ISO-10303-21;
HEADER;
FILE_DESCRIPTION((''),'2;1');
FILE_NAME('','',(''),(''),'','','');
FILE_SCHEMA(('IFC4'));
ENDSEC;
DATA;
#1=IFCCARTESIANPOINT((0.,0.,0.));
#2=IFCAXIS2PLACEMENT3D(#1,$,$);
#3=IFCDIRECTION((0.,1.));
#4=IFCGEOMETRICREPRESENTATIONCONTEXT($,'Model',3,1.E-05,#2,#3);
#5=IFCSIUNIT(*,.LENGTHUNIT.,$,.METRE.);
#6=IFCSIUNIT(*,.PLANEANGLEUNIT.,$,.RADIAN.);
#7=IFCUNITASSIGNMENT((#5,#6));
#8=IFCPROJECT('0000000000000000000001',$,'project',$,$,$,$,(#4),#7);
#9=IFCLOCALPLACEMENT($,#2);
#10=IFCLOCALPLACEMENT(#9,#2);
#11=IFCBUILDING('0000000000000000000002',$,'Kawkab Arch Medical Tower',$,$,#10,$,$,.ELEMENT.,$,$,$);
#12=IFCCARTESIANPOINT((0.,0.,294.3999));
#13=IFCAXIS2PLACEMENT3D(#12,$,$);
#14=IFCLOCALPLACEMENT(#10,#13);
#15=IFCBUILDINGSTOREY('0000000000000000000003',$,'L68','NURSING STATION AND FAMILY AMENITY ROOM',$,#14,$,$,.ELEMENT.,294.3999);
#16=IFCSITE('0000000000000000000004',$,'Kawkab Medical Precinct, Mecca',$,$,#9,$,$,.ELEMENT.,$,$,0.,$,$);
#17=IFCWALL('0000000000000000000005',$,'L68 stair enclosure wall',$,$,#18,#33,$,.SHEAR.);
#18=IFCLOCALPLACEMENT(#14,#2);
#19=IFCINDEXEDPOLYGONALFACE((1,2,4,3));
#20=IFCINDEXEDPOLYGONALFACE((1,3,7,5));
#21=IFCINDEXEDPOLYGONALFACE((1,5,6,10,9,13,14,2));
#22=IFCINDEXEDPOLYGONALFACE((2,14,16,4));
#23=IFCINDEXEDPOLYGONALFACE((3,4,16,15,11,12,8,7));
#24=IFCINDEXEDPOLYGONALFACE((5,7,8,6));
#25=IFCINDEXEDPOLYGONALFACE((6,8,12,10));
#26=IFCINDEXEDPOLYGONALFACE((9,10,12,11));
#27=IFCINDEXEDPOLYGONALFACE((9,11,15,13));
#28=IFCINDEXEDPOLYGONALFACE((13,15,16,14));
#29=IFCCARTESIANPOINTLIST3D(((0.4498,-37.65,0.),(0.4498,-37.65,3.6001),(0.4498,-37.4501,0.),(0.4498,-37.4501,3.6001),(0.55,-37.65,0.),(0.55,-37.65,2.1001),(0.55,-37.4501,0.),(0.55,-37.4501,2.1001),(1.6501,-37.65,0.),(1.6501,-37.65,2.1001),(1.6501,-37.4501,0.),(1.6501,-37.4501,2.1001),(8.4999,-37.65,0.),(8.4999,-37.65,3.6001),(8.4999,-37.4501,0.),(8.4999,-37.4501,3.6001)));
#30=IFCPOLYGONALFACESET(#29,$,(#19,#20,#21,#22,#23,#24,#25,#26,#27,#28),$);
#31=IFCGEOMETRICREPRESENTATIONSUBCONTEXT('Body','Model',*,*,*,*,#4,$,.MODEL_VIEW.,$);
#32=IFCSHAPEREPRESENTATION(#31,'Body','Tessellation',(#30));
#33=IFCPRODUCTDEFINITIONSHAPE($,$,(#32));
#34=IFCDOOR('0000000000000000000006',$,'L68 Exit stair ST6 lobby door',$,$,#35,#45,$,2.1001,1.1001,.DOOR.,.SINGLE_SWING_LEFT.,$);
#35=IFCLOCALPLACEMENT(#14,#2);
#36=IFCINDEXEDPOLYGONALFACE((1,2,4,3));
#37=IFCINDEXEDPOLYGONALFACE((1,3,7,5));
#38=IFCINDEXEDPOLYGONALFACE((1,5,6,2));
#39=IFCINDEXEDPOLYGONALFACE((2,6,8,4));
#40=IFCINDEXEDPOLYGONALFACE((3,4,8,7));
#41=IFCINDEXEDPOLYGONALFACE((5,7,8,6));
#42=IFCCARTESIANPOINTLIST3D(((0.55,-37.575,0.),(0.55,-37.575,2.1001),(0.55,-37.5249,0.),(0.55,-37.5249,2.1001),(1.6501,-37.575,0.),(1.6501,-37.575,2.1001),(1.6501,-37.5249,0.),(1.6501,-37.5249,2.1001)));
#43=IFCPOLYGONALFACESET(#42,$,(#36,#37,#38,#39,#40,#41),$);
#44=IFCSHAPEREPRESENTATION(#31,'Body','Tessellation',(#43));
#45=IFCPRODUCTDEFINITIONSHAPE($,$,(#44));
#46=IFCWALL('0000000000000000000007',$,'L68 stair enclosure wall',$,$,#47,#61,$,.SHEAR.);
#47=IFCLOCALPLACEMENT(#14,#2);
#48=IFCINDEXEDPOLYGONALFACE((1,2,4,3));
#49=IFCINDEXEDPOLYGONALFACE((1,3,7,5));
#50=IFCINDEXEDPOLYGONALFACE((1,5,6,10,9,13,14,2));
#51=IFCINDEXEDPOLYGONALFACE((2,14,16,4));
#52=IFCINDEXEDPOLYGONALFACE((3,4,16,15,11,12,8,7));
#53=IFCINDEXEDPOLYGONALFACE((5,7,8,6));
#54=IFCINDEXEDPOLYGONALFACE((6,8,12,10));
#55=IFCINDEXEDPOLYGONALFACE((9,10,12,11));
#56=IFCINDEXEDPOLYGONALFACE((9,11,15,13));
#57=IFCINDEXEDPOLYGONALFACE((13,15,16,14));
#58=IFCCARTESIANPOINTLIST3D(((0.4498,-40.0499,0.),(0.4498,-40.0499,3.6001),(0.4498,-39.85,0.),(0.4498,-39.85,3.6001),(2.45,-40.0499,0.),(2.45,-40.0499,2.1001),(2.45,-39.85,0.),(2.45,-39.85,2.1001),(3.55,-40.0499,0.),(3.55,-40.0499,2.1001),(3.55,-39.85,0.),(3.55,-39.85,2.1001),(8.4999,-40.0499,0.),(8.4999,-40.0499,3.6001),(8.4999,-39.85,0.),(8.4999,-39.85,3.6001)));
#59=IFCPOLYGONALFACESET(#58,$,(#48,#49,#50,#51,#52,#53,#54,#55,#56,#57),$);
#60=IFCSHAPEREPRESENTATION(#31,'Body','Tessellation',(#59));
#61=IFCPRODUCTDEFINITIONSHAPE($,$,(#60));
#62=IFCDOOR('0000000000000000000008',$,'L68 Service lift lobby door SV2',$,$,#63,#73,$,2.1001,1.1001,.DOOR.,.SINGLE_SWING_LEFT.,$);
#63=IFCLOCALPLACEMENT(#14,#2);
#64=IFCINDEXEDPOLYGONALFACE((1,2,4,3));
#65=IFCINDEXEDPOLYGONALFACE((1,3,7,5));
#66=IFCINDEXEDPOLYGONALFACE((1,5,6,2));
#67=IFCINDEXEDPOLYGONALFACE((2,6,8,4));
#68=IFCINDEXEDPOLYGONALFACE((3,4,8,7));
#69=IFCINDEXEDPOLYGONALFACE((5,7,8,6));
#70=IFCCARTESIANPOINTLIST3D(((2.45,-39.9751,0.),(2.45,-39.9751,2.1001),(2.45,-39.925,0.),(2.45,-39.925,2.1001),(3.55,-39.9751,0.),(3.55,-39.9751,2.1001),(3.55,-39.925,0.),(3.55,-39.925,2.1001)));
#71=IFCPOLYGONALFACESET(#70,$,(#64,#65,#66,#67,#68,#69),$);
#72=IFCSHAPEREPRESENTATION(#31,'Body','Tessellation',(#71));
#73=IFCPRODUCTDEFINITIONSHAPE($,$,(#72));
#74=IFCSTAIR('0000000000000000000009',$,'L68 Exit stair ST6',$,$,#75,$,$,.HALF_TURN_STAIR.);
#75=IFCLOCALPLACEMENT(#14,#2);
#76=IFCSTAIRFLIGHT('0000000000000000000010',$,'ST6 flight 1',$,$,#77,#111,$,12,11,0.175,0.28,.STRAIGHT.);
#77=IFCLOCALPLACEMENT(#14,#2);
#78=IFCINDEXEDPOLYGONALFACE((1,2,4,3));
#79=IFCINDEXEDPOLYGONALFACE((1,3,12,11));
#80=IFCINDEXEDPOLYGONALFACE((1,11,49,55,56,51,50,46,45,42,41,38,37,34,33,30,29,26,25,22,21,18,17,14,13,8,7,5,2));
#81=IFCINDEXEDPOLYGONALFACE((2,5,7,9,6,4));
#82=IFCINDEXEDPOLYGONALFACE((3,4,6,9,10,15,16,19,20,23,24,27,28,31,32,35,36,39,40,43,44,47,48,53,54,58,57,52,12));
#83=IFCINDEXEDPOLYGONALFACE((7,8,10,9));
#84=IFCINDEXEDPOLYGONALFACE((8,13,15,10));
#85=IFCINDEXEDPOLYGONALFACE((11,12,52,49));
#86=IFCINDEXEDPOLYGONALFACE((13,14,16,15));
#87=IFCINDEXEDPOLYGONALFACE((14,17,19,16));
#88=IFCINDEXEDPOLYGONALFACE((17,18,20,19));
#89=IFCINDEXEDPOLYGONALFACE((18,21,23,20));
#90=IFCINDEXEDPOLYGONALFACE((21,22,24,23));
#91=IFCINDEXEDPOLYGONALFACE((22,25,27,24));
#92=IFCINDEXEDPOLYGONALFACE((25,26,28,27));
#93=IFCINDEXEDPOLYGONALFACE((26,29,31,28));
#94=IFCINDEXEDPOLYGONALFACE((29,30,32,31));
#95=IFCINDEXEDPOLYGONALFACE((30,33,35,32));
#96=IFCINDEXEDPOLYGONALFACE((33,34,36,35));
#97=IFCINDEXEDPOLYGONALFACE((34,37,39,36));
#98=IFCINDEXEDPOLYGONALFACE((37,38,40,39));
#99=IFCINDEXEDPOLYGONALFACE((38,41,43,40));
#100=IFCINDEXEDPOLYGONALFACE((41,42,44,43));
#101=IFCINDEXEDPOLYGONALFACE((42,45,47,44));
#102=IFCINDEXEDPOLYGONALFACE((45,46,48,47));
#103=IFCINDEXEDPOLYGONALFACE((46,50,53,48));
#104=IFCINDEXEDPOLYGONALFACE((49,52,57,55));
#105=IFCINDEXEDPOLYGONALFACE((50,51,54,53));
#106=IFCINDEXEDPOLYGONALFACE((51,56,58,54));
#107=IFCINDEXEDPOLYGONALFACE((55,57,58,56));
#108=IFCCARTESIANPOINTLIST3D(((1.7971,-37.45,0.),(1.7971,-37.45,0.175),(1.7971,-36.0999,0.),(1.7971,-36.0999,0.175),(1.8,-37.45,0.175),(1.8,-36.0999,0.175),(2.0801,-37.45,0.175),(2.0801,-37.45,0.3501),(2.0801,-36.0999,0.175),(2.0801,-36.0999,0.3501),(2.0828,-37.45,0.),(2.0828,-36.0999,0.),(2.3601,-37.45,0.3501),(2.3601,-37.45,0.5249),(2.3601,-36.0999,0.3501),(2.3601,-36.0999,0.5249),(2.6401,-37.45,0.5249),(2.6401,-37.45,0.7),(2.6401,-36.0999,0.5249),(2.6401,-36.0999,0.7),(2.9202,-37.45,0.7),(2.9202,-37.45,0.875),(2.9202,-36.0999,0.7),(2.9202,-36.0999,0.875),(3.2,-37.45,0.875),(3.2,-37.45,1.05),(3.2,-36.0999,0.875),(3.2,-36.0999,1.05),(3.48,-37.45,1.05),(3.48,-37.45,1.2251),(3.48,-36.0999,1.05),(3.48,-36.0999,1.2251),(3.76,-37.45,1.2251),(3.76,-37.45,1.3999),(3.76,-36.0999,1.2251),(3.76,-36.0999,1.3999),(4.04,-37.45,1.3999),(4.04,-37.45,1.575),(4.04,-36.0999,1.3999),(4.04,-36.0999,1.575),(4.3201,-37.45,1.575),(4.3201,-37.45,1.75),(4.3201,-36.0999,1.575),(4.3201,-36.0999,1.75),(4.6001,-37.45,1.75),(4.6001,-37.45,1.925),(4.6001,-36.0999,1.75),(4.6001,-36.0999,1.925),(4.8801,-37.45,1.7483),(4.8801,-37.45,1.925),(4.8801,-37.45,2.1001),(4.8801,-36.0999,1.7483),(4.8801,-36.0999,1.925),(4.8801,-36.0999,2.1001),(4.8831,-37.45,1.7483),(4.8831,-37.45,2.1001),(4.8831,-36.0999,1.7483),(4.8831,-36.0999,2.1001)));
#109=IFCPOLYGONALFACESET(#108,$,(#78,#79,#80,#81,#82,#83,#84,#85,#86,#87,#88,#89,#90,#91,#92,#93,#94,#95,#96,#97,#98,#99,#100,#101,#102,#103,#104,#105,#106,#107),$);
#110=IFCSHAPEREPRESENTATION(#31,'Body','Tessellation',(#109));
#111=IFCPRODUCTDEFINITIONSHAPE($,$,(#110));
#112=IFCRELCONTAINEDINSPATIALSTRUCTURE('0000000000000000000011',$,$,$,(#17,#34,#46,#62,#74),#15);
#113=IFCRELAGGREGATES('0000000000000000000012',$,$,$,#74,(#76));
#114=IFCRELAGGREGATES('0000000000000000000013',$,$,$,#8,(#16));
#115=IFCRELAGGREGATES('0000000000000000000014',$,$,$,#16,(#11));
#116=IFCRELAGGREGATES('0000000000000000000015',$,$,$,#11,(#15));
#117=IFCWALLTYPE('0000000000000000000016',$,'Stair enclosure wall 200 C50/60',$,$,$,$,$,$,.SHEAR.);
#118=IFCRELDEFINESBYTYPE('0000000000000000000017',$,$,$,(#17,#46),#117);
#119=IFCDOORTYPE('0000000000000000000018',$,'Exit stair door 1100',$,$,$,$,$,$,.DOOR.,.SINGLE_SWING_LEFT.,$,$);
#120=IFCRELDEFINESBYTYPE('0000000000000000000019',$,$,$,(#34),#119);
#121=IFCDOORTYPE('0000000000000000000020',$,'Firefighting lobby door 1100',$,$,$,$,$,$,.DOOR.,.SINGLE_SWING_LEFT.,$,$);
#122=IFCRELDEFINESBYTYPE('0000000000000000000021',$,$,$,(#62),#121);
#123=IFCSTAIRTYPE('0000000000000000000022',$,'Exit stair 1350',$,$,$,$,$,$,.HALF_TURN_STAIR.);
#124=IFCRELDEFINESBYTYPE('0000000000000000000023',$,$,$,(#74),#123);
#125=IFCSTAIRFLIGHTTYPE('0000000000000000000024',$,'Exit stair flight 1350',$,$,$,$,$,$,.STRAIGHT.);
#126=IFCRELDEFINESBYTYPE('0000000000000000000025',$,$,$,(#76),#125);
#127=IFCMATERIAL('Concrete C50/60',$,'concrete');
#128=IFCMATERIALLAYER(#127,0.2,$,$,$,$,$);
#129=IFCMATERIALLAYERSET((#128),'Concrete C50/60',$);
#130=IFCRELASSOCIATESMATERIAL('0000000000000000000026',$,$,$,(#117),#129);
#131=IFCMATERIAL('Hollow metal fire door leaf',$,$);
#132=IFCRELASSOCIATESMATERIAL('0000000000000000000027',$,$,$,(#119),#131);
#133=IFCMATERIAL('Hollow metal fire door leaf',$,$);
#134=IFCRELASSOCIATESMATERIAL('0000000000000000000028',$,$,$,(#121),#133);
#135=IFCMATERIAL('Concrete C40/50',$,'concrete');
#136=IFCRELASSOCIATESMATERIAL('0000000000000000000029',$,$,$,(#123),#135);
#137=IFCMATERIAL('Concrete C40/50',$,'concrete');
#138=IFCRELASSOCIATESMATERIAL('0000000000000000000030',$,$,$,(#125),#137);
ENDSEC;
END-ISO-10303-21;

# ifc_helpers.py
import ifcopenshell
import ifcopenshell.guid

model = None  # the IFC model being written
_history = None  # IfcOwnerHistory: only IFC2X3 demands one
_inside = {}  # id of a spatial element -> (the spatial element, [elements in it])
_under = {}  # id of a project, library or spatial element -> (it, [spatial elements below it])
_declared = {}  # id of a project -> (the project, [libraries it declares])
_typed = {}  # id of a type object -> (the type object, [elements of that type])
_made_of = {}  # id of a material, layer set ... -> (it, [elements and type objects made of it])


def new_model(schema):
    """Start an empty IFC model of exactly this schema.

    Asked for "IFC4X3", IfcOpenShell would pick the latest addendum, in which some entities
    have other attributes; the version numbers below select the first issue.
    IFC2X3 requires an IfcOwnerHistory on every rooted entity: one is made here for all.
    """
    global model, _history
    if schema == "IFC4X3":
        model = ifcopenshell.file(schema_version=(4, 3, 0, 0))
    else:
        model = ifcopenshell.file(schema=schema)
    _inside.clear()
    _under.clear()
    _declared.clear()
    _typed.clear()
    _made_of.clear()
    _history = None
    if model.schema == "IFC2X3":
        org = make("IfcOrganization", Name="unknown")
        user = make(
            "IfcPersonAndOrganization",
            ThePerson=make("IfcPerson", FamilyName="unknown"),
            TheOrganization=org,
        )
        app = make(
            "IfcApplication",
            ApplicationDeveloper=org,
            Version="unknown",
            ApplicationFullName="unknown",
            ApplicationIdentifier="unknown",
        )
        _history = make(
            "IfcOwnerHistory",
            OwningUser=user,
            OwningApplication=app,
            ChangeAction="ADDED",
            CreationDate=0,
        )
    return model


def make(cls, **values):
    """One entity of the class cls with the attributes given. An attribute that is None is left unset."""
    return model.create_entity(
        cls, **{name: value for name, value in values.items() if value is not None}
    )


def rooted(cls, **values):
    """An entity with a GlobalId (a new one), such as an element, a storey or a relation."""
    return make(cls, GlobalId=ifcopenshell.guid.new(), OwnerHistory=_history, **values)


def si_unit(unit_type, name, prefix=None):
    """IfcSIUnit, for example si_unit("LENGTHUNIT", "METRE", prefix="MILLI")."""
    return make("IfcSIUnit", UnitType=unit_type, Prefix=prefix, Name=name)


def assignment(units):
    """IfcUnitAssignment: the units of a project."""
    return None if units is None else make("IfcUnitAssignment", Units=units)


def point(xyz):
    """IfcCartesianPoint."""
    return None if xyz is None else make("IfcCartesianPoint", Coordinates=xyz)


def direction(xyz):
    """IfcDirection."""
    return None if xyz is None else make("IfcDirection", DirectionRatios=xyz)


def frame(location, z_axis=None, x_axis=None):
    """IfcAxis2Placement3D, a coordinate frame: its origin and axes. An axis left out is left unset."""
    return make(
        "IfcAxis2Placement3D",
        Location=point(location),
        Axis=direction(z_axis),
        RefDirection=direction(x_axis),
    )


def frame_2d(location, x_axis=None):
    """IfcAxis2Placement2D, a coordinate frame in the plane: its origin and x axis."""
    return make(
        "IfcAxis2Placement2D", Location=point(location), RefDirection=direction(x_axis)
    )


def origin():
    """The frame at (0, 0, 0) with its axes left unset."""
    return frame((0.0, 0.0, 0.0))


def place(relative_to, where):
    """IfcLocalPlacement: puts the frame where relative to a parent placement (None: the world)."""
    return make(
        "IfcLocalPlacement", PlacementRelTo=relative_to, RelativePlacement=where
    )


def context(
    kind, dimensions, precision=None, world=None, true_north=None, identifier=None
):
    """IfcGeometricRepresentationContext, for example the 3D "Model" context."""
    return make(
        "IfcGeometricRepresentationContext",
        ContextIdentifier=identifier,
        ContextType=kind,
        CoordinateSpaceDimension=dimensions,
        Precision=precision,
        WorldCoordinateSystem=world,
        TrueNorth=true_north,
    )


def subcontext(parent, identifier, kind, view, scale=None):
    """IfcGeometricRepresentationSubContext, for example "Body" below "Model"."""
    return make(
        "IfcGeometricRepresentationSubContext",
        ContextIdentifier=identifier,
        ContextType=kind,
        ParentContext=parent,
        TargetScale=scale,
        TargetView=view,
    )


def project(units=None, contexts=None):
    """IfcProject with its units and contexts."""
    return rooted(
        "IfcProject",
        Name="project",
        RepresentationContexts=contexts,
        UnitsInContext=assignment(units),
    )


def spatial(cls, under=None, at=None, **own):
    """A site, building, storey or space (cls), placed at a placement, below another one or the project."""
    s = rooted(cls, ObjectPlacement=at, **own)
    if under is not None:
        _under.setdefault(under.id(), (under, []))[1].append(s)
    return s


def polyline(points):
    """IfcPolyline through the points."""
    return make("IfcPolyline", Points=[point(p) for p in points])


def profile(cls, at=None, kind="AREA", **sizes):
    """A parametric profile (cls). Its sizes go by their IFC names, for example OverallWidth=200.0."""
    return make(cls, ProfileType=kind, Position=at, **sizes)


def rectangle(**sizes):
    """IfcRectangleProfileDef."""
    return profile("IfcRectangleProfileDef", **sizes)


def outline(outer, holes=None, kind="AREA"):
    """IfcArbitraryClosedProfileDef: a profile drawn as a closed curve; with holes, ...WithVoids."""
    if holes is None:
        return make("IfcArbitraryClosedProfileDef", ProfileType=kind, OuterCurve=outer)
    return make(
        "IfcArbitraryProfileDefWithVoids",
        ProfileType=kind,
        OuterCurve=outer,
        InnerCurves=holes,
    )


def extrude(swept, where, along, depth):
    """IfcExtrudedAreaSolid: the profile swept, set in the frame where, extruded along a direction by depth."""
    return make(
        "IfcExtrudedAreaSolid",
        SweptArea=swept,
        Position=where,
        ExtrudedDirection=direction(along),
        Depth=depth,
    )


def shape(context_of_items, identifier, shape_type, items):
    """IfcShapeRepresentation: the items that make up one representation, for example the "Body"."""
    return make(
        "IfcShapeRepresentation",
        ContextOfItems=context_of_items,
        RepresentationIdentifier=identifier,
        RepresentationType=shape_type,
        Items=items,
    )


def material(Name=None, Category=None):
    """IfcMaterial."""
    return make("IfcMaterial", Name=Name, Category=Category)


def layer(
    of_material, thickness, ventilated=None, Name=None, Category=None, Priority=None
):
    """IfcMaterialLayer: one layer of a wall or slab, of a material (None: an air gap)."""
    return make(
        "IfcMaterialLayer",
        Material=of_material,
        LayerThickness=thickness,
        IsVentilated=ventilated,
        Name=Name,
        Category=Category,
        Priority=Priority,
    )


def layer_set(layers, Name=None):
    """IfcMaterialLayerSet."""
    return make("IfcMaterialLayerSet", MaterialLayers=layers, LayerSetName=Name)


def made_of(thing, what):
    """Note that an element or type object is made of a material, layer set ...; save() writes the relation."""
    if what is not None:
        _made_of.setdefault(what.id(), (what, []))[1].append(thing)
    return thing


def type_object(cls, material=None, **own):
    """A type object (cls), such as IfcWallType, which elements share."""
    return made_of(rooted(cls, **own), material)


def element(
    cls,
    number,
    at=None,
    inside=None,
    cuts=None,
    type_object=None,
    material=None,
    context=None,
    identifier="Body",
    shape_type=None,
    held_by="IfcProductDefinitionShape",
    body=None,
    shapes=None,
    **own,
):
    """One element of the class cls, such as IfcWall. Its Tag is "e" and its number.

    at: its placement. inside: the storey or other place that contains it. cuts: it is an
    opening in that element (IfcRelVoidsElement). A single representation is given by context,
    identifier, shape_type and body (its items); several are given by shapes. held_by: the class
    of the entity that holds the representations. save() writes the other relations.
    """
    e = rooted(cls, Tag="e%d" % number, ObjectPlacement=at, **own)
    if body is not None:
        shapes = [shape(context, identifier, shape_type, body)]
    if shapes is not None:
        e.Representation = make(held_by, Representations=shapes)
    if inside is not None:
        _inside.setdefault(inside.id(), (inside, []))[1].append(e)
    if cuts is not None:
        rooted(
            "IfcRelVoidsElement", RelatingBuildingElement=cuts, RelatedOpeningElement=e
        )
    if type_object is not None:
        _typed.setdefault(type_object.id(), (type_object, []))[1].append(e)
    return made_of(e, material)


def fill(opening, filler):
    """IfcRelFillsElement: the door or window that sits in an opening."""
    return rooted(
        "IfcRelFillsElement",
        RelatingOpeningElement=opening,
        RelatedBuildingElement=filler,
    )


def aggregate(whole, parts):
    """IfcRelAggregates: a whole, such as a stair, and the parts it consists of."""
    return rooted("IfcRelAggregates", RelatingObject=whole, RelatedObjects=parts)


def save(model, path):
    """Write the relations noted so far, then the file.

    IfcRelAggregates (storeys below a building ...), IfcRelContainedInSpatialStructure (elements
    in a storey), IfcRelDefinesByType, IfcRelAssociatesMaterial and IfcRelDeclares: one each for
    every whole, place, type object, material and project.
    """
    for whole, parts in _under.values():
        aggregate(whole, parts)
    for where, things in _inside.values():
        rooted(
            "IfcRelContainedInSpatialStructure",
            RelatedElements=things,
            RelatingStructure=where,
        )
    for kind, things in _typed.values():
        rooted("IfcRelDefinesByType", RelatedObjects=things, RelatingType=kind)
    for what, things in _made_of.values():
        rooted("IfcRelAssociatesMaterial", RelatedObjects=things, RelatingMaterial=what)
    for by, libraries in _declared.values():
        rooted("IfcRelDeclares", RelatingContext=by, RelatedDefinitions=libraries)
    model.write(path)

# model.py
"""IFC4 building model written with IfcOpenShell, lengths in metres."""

from ifc_helpers import new_model, si_unit, direction, frame, frame_2d, origin, place, context, subcontext, project, spatial, polyline, rectangle, outline, extrude, material, layer, layer_set, type_object, element, fill, aggregate, save


model = new_model("IFC4")

# Units and contexts
model_context = context("Model", 3, precision=1e-05, world=origin(), true_north=direction((0.0, 1.0)))
body_context = subcontext(model_context, "Body", "Model", "MODEL_VIEW")
ifc_project = project(units=[si_unit("LENGTHUNIT", "METRE"), si_unit("PLANEANGLEUNIT", "RADIAN")], contexts=[model_context])

# Site, building, storey
site_placement = place(None, origin())
site = spatial("IfcSite", under=ifc_project, at=site_placement, Name="Kawkab Medical Precinct, Mecca", CompositionType="ELEMENT", RefElevation=0.0)
building_placement = place(site_placement, origin())
building = spatial("IfcBuilding", under=site, at=building_placement, Name="Kawkab Arch Medical Tower", CompositionType="ELEMENT")
storey_placement = place(building_placement, frame((0.0, 0.0, 294.3999)))
storey = spatial("IfcBuildingStorey", under=building, at=storey_placement, Name="L68", Description="NURSING STATION AND FAMILY AMENITY ROOM", CompositionType="ELEMENT", Elevation=294.3999)

# Shared definitions
placement = place(storey_placement, origin())

# Walls, openings, doors
ifc_material_1 = material(Name="Concrete C50/60", Category="concrete")
ifc_layer_1 = layer(ifc_material_1, 0.2)
ifc_layer_set_1 = layer_set([ifc_layer_1], Name="Concrete C50/60")
wall_type_1 = type_object("IfcWallType", Name="Stair enclosure wall 200 C50/60", PredefinedType="SHEAR", material=ifc_layer_set_1)
wall_1_placement = place(storey_placement, frame((0.45, -37.55, 0.0), z_axis=(0.0, 0.0, 1.0), x_axis=(1.0, 0.0, 0.0)))
wall_1 = element("IfcWall", 1, at=wall_1_placement, inside=storey, type_object=wall_type_1, Name="L68 stair enclosure wall", PredefinedType="SHEAR", context=body_context, shape_type="SweptSolid", body=[
    extrude(rectangle(XDim=8.05, YDim=0.2, at=frame_2d((4.0249, 0.0))), origin(), (0.0, 0.0, 1.0), 3.6001),
])
opening_1_placement = place(wall_1_placement, frame((0.1001, 0.0, 0.0)))
opening_1 = element("IfcOpeningElement", 2, at=opening_1_placement, cuts=wall_1, PredefinedType="OPENING", context=body_context, shape_type="SweptSolid", body=[
    extrude(rectangle(XDim=1.1001, YDim=2.1001, at=frame_2d((0.55, 1.05))), frame((0.0, 0.1099, 0.0), z_axis=(0.0, -1.0, 0.0), x_axis=(1.0, 0.0, 0.0)), (0.0, 0.0, 1.0), 0.22),
])
ifc_material_2 = material(Name="Hollow metal fire door leaf")
door_type_1 = type_object("IfcDoorType", Name="Exit stair door 1100", OperationType="SINGLE_SWING_LEFT", PredefinedType="DOOR", material=ifc_material_2)
door_1_placement = place(opening_1_placement, frame((1.1001, 0.0, 0.0), z_axis=(0.0, 0.0, 1.0), x_axis=(-1.0, 0.0, 0.0)))
door_1 = element("IfcDoor", 3, at=door_1_placement, inside=storey, type_object=door_type_1, Name="L68 Exit stair ST6 lobby door", OperationType="SINGLE_SWING_LEFT", OverallHeight=2.1001, OverallWidth=1.1001, PredefinedType="DOOR", context=body_context, shape_type="SweptSolid", body=[
    extrude(rectangle(XDim=1.1001, YDim=2.1001, at=frame_2d((0.55, 1.05))), frame((0.0, 0.0249, 0.0), z_axis=(0.0, -1.0, 0.0), x_axis=(1.0, 0.0, 0.0)), (0.0, 0.0, 1.0), 0.05),
])
fill(opening_1, door_1)
wall_2_placement = place(storey_placement, frame((0.45, -39.95, 0.0), z_axis=(0.0, 0.0, 1.0), x_axis=(1.0, 0.0, 0.0)))
wall_2 = element("IfcWall", 4, at=wall_2_placement, inside=storey, type_object=wall_type_1, Name="L68 stair enclosure wall", PredefinedType="SHEAR", context=body_context, shape_type="SweptSolid", body=[
    extrude(rectangle(XDim=8.05, YDim=0.2, at=frame_2d((4.0249, 0.0))), origin(), (0.0, 0.0, 1.0), 3.6001),
])
opening_2_placement = place(wall_2_placement, frame((2.0, 0.0, 0.0)))
opening_2 = element("IfcOpeningElement", 5, at=opening_2_placement, cuts=wall_2, PredefinedType="OPENING", context=body_context, shape_type="SweptSolid", body=[
    extrude(rectangle(XDim=1.1001, YDim=2.1001, at=frame_2d((0.55, 1.05))), frame((0.0, 0.1099, 0.0), z_axis=(0.0, -1.0, 0.0), x_axis=(1.0, 0.0, 0.0)), (0.0, 0.0, 1.0), 0.22),
])
ifc_material_3 = material(Name="Hollow metal fire door leaf")
door_type_2 = type_object("IfcDoorType", Name="Firefighting lobby door 1100", OperationType="SINGLE_SWING_LEFT", PredefinedType="DOOR", material=ifc_material_3)
door_2_placement = place(opening_2_placement, origin())
door_2 = element("IfcDoor", 6, at=door_2_placement, inside=storey, type_object=door_type_2, Name="L68 Service lift lobby door SV2", OperationType="SINGLE_SWING_LEFT", OverallHeight=2.1001, OverallWidth=1.1001, PredefinedType="DOOR", context=body_context, shape_type="SweptSolid", body=[
    extrude(rectangle(XDim=1.1001, YDim=2.1001, at=frame_2d((0.55, 1.05))), frame((0.0, 0.0249, 0.0), z_axis=(0.0, -1.0, 0.0), x_axis=(1.0, 0.0, 0.0)), (0.0, 0.0, 1.0), 0.05),
])
fill(opening_2, door_2)

# Stair, stair flight
ifc_material_4 = material(Name="Concrete C40/50", Category="concrete")
stair_type = type_object("IfcStairType", Name="Exit stair 1350", PredefinedType="HALF_TURN_STAIR", material=ifc_material_4)
stair = element("IfcStair", 7, at=placement, inside=storey, type_object=stair_type, Name="L68 Exit stair ST6", PredefinedType="HALF_TURN_STAIR")
ifc_material_5 = material(Name="Concrete C40/50", Category="concrete")
stair_flight_type = type_object("IfcStairFlightType", Name="Exit stair flight 1350", PredefinedType="STRAIGHT", material=ifc_material_5)
stair_flight_placement = place(storey_placement, frame((1.8, -36.7749, 0.0), z_axis=(0.0, 0.0, 1.0), x_axis=(1.0, 0.0, 0.0)))
stair_flight = element("IfcStairFlight", 8, at=stair_flight_placement, type_object=stair_flight_type, Name="ST6 flight 1", NumberOfRisers=12, NumberOfTreads=11, PredefinedType="STRAIGHT", RiserHeight=0.175, TreadLength=0.28, context=body_context, shape_type="SweptSolid", body=[
    extrude(outline(polyline([(-0.0029, 0.0), (-0.0029, 0.175), (0.0, 0.175), (0.28, 0.175), (0.28, 0.3501), (0.5601, 0.3501), (0.5601, 0.5249), (0.8401, 0.5249), (0.8401, 0.7), (1.1201, 0.7), (1.1201, 0.875), (1.3999, 0.875), (1.3999, 1.05), (1.6799, 1.05), (1.6799, 1.2251), (1.96, 1.2251), (1.96, 1.3999), (2.24, 1.3999), (2.24, 1.575), (2.52, 1.575), (2.52, 1.75), (2.8, 1.75), (2.8, 1.925), (3.0801, 1.925), (3.0801, 2.1001), (3.083, 2.1001), (3.083, 1.7483), (3.0801, 1.7483), (0.2827, 0.0), (-0.0029, 0.0)])), frame((0.0, 0.675, 0.0), z_axis=(0.0, -1.0, 0.0), x_axis=(1.0, 0.0, 0.0)), (0.0, 0.0, 1.0), 1.3501),
])
aggregate(stair, [stair_flight])

save(model, "model.ifc")
